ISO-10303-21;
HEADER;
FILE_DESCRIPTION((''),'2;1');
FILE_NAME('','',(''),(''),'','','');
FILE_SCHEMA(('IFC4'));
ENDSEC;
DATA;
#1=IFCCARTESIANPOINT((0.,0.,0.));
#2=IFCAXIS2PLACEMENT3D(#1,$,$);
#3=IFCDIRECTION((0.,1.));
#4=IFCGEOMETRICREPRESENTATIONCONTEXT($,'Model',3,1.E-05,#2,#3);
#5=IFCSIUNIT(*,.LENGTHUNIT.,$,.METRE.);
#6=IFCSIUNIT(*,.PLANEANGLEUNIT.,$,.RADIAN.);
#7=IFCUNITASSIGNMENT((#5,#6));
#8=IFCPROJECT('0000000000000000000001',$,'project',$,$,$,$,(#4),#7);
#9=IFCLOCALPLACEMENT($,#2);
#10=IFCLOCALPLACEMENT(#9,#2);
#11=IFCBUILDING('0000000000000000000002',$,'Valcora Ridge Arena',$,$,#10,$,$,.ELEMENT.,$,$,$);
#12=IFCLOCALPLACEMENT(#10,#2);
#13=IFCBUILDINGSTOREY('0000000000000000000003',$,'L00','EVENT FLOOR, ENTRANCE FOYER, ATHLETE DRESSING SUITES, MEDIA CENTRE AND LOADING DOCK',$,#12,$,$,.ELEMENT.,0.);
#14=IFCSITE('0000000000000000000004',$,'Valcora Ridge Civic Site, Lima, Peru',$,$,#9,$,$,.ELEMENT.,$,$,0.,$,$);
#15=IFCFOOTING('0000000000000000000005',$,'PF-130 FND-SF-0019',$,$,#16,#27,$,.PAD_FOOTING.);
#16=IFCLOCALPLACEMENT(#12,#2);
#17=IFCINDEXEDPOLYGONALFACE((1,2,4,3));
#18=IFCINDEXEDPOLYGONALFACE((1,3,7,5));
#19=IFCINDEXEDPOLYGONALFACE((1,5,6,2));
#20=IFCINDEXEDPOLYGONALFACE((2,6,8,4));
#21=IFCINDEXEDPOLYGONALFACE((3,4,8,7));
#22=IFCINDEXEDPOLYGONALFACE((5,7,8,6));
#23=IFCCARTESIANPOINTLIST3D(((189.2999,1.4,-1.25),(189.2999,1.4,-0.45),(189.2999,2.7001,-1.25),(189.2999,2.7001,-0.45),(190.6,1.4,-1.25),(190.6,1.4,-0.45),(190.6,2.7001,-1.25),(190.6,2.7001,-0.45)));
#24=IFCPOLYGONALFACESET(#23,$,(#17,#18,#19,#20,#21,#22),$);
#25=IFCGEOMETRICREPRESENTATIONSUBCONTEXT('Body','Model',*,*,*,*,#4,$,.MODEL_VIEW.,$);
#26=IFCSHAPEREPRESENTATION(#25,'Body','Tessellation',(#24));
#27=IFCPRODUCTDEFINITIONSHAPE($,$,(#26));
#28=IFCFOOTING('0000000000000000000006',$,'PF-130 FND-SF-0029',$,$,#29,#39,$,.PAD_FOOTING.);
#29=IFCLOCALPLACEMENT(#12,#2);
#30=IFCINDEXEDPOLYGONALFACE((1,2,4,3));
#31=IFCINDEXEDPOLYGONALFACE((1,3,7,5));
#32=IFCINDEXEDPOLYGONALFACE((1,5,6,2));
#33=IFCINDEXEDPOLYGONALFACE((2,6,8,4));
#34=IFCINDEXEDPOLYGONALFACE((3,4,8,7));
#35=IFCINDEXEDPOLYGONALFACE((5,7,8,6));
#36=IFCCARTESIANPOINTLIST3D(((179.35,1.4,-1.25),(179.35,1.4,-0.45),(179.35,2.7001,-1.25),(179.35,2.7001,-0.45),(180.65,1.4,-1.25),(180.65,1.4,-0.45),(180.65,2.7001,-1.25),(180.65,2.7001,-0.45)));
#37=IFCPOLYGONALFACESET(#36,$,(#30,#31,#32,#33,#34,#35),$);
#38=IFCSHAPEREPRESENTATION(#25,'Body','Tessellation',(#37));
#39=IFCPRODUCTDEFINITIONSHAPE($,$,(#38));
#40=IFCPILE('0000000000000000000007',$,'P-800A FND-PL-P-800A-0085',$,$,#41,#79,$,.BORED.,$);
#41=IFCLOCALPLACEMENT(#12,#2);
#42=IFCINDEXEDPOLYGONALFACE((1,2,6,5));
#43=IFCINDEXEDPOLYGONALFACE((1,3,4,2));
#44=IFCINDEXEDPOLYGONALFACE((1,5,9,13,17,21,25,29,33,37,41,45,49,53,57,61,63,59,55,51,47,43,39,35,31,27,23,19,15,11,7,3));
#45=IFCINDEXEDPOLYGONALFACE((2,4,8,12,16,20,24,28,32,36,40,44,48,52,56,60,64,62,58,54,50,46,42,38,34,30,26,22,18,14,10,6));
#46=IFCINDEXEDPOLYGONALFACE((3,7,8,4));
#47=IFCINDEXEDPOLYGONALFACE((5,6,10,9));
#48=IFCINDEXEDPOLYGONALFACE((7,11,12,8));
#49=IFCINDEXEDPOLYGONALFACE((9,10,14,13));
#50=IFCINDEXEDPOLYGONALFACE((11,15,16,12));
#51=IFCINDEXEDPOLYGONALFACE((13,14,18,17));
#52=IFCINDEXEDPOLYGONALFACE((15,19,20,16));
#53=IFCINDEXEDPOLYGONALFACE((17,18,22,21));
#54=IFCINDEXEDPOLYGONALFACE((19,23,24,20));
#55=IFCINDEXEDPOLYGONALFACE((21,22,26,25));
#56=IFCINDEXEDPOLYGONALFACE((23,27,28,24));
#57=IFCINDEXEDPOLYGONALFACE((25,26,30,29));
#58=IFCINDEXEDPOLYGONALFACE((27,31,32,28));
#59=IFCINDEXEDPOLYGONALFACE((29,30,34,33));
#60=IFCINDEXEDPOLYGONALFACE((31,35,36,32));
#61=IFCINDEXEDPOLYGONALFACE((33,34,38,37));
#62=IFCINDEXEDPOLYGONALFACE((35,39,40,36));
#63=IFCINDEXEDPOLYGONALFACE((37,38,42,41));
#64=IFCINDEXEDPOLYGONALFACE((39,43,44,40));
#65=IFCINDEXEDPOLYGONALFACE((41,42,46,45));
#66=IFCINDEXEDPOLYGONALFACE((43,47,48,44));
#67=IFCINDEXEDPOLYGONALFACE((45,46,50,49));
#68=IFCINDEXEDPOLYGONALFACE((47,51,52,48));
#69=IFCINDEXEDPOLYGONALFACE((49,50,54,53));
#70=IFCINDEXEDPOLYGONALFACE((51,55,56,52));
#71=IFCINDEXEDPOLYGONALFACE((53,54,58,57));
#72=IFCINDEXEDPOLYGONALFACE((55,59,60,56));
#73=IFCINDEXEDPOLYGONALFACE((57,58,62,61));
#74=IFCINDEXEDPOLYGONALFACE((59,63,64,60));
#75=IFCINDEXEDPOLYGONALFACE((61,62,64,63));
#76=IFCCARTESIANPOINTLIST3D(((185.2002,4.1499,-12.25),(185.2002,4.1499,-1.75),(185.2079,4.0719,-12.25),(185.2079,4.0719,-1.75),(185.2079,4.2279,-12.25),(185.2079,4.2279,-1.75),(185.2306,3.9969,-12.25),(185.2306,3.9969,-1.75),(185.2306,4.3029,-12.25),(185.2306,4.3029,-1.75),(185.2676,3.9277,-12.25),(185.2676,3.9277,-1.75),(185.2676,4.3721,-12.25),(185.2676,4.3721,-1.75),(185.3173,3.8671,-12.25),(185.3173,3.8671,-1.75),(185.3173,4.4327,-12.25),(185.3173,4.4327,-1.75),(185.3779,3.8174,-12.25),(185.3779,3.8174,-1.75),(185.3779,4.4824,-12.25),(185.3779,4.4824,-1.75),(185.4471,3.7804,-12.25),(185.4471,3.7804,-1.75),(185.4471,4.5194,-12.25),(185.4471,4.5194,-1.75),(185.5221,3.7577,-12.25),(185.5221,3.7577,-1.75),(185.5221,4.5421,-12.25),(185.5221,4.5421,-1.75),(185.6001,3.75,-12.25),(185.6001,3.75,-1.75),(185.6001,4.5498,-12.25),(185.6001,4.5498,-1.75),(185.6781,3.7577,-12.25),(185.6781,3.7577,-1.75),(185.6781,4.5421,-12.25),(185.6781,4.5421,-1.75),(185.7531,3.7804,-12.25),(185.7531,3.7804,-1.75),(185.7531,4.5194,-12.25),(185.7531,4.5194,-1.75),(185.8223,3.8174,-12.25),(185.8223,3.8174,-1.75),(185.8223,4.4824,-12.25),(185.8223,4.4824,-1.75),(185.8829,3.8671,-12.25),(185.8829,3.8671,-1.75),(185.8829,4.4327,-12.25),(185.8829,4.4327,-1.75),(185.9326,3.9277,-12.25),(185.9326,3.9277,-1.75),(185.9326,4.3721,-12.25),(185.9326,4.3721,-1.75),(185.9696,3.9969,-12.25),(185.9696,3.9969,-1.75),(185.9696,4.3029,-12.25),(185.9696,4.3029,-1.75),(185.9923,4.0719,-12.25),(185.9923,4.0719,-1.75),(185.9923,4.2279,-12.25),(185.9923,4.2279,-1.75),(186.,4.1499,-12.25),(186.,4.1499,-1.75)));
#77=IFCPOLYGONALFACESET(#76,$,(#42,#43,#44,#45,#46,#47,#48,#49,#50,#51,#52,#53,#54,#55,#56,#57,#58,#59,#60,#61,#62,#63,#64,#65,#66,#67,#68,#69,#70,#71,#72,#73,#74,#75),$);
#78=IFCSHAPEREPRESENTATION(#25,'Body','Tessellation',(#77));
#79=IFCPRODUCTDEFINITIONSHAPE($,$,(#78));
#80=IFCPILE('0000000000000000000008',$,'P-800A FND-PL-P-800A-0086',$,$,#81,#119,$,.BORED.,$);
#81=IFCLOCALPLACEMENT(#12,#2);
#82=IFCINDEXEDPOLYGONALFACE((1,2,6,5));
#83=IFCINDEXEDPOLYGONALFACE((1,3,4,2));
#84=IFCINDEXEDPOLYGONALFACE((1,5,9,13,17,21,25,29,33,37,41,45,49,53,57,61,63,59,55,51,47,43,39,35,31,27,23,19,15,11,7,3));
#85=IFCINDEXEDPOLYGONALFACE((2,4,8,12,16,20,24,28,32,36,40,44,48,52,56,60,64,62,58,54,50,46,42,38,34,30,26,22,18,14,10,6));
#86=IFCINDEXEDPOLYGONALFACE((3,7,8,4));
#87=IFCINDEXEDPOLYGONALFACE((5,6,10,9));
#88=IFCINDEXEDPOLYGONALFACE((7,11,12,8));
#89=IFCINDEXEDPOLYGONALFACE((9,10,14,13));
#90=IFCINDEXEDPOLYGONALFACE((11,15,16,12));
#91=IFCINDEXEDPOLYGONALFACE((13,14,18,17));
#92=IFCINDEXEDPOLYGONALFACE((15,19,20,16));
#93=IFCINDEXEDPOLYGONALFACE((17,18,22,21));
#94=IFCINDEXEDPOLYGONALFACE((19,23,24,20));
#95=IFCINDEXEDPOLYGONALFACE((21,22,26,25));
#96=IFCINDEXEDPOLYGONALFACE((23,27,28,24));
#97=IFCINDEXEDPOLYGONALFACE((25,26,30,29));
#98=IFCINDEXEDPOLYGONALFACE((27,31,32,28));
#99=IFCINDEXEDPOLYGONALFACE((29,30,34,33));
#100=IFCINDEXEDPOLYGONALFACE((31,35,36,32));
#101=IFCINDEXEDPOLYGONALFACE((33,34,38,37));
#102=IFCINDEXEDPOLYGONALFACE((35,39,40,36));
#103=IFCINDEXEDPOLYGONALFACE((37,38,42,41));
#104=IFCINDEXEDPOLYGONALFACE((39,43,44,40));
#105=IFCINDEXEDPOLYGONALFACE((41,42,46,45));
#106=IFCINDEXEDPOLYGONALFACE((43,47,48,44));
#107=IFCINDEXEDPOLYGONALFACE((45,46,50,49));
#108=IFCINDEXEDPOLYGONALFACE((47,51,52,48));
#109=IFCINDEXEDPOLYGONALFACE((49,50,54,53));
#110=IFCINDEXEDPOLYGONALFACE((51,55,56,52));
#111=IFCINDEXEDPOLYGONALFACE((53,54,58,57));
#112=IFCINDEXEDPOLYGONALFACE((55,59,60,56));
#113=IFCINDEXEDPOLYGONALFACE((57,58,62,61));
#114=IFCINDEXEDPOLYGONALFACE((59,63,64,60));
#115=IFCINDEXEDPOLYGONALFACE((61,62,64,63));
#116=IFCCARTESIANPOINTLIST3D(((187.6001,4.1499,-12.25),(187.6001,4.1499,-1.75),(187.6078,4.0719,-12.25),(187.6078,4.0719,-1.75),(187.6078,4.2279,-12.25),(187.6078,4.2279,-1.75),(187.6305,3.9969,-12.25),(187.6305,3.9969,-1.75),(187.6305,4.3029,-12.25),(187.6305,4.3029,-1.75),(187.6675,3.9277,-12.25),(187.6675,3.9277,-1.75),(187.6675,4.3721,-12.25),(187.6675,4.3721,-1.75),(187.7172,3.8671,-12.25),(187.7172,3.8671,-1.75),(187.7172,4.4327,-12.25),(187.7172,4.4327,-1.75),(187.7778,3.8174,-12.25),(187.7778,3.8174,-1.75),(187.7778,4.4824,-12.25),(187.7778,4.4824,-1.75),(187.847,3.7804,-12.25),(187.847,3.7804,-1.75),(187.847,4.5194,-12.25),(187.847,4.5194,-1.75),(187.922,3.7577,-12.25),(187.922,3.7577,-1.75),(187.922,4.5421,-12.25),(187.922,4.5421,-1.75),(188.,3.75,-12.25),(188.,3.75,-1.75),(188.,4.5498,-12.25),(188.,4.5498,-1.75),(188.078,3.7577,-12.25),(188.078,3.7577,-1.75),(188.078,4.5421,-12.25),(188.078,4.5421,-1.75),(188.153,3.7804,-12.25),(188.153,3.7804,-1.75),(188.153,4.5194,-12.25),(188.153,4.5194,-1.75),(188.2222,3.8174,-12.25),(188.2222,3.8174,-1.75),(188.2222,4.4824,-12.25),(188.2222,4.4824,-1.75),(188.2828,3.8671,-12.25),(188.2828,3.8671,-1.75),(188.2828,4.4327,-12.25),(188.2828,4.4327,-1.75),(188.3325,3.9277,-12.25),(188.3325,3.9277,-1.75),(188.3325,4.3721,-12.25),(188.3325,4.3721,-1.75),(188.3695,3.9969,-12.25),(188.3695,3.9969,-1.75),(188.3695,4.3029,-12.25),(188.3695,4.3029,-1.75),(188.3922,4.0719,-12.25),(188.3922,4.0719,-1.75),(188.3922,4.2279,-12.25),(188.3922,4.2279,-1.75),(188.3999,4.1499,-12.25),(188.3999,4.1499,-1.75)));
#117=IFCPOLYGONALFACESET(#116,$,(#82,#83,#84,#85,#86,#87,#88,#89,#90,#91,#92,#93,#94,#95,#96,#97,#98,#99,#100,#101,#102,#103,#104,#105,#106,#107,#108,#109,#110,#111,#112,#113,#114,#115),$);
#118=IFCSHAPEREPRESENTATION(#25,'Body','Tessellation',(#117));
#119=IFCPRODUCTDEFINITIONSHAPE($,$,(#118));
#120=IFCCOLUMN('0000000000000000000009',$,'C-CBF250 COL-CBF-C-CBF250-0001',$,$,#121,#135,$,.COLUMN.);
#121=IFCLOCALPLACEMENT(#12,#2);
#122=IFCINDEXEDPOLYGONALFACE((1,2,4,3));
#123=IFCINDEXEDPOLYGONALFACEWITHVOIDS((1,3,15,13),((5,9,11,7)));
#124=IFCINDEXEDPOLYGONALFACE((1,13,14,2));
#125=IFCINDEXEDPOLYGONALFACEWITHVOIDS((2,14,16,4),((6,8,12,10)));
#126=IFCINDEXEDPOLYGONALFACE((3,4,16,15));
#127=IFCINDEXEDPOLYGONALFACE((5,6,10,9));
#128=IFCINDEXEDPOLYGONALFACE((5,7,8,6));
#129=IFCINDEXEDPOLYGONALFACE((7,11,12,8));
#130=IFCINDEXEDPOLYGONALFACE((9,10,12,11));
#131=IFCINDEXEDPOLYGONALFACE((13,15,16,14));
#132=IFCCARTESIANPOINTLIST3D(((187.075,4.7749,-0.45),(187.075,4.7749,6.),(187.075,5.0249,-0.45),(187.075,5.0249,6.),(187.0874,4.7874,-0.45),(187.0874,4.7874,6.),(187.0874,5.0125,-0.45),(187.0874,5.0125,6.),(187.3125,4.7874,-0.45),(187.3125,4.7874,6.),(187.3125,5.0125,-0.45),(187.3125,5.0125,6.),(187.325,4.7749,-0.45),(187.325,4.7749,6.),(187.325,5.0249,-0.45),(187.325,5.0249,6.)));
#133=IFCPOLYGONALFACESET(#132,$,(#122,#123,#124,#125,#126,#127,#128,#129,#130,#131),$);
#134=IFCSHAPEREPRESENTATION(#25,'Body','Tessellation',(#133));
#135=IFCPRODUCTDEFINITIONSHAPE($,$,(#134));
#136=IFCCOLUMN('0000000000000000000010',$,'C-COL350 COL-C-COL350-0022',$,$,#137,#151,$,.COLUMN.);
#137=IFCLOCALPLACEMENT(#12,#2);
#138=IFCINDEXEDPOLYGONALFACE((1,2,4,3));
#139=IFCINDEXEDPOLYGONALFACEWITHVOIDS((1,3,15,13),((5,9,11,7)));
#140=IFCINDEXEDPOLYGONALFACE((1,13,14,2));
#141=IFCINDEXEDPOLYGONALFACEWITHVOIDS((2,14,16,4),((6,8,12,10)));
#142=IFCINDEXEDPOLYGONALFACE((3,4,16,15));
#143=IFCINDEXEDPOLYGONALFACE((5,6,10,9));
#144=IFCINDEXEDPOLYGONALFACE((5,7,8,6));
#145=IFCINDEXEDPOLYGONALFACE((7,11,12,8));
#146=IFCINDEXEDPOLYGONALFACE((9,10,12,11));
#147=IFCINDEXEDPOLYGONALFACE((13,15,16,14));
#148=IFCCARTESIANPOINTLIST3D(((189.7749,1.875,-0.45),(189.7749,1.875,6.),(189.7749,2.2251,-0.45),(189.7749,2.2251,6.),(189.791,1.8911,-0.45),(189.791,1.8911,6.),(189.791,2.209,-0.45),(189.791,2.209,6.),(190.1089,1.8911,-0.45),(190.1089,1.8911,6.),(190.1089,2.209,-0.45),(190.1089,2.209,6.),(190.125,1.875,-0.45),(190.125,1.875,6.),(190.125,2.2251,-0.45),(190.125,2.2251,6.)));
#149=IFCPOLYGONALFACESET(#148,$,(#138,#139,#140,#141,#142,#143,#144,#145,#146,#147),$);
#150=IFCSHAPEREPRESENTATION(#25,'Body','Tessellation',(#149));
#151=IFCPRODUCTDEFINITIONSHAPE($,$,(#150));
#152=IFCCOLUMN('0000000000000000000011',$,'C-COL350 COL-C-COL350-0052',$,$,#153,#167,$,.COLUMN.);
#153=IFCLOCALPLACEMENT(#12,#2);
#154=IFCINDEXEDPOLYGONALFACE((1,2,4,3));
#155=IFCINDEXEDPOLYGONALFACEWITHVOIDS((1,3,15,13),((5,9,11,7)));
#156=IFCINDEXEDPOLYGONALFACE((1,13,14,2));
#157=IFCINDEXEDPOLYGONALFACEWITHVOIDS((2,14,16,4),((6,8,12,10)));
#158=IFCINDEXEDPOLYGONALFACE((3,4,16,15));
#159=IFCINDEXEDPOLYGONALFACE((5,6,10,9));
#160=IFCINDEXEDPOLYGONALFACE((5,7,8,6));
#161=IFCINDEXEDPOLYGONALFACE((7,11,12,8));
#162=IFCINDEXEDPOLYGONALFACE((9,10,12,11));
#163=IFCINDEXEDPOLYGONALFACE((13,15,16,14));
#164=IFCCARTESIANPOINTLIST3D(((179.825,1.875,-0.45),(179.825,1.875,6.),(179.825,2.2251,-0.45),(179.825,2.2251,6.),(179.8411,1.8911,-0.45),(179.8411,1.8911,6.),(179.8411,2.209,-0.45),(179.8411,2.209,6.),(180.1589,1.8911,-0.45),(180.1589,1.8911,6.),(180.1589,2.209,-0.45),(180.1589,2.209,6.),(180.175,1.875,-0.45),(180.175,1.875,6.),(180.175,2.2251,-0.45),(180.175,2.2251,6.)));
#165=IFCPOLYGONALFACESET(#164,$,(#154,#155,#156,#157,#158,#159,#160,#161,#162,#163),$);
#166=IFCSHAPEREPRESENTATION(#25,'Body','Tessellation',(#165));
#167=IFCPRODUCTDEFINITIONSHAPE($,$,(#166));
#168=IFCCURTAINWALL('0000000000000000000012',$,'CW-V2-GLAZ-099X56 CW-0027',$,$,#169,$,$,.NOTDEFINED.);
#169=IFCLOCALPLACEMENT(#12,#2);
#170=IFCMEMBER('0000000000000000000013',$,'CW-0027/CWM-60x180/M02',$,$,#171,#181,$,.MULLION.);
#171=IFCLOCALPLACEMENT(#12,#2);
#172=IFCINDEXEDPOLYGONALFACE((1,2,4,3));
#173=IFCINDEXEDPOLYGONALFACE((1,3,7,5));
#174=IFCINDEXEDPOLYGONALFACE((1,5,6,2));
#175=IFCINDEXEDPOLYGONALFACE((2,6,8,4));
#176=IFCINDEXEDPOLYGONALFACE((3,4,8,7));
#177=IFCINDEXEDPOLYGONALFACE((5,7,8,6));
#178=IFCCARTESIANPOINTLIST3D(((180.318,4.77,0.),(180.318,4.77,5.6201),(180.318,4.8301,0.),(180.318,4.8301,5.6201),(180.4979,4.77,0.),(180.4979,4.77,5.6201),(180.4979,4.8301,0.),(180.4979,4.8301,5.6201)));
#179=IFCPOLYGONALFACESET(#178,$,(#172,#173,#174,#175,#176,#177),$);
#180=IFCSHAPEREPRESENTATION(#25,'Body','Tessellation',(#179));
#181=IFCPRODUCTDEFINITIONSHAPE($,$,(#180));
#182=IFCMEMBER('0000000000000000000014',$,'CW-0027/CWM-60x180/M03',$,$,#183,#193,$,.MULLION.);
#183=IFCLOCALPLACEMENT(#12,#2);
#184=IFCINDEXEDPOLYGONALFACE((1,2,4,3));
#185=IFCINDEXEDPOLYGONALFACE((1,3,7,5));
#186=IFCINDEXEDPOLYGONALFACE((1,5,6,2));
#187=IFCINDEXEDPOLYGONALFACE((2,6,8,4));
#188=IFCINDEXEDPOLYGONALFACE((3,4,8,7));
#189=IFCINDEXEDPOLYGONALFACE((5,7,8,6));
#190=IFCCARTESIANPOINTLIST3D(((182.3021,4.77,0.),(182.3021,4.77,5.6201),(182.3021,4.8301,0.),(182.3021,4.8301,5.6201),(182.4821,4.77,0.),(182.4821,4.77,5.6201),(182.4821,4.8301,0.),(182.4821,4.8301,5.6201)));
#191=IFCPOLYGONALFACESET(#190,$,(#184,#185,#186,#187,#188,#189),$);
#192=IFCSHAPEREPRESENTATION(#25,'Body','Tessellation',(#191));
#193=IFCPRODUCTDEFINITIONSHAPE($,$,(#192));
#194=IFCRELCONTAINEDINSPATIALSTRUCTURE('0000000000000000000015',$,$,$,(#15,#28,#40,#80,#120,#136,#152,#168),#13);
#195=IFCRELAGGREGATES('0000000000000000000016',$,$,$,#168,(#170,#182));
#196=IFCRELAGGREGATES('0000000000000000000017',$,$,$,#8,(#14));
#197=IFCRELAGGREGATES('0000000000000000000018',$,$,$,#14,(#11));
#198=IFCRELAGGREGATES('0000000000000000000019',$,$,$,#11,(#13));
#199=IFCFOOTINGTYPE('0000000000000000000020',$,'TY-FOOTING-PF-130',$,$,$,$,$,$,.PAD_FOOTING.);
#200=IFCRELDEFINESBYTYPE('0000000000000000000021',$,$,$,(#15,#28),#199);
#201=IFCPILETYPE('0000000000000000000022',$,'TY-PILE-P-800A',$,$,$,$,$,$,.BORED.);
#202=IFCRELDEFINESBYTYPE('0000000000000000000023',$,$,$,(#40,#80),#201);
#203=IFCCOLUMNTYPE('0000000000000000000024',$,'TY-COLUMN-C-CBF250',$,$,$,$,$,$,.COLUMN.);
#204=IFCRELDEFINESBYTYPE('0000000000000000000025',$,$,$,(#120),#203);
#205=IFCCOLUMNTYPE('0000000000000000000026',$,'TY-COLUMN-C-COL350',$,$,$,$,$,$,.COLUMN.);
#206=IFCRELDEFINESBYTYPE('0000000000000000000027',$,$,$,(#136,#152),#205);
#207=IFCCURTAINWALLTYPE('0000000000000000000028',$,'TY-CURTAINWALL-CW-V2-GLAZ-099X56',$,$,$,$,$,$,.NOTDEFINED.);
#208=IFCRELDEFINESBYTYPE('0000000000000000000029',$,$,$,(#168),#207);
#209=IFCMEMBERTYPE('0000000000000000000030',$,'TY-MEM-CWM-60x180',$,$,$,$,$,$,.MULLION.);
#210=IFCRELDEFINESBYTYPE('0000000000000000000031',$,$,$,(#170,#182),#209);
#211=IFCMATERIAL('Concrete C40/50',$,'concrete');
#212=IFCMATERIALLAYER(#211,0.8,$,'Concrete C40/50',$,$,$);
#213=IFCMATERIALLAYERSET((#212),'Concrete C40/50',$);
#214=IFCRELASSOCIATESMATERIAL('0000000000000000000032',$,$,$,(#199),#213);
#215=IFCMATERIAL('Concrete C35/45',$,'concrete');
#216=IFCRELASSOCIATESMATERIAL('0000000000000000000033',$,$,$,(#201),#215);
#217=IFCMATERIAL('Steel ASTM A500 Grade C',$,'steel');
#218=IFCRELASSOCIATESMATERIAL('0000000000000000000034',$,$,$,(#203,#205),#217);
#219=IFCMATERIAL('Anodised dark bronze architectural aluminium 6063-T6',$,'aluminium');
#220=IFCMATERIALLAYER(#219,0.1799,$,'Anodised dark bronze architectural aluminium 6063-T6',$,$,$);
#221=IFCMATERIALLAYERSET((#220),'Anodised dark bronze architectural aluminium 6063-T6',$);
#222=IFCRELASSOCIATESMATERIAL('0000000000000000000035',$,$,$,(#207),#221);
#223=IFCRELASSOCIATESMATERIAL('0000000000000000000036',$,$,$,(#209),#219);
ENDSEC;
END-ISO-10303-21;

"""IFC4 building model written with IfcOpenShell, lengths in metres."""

from ifc_helpers import new_model, si_unit, direction, frame, origin, origin_2d, place, context, subcontext, project, spatial, rectangle, hollow_rectangle, circle, extrude, material, layer, layer_set, material_profile, profile_set, type_object, element, aggregate, save


model = new_model("IFC4")

# Units and contexts
model_context = context("Model", 3, precision=1e-05, world=origin(), true_north=direction((0.0, 1.0)))
body_context = subcontext(model_context, "Body", "Model", "MODEL_VIEW")
ifc_project = project(units=[si_unit("LENGTHUNIT", "METRE"), si_unit("PLANEANGLEUNIT", "RADIAN")], contexts=[model_context])

# Site, building, storey
site_placement = place(None, origin())
site = spatial("IfcSite", under=ifc_project, at=site_placement, Name="Valcora Ridge Civic Site, Lima, Peru", CompositionType="ELEMENT", RefElevation=0.0)
building_placement = place(site_placement, origin())
building = spatial("IfcBuilding", under=site, at=building_placement, Name="Valcora Ridge Arena", CompositionType="ELEMENT")
storey_placement = place(building_placement, origin())
storey = spatial("IfcBuildingStorey", under=building, at=storey_placement, Name="L00", Description="EVENT FLOOR, ENTRANCE FOYER, ATHLETE DRESSING SUITES, MEDIA CENTRE AND LOADING DOCK", CompositionType="ELEMENT", Elevation=0.0)

# Footings
ifc_material_1 = material(Name="Concrete C40/50", Category="concrete")
ifc_layer_1 = layer(ifc_material_1, 0.8, Name="Concrete C40/50")
ifc_layer_set_1 = layer_set([ifc_layer_1], Name="Concrete C40/50")
footing_type = type_object("IfcFootingType", Name="TY-FOOTING-PF-130", PredefinedType="PAD_FOOTING", material=ifc_layer_set_1)
for number, where, z_axis, x_axis, name in (
    (1, (189.95, 2.05, -1.25), (0.0, 0.0, 1.0), (1.0, 0.0, 0.0), "PF-130 FND-SF-0019"),
    (2, (180.0, 2.05, -1.25), (0.0, 0.0, 1.0), (1.0, 0.0, 0.0), "PF-130 FND-SF-0029"),
):
    element("IfcFooting", number, at=place(storey_placement, frame(where, z_axis=z_axis, x_axis=x_axis)), inside=storey, type_object=footing_type, Name=name, PredefinedType="PAD_FOOTING", context=body_context, shape_type="SweptSolid", body=[
        extrude(rectangle(XDim=1.3, YDim=1.3, at=origin_2d()), origin(), (0.0, 0.0, 1.0), 0.8),
    ])

# Piles
ifc_material_2 = material(Name="Concrete C35/45", Category="concrete")
ifc_material_profile_1 = material_profile(ifc_material_2, circle(Radius=0.3999, at=origin_2d()), Name="BORED PILE D800")
ifc_profile_set_1 = profile_set([ifc_material_profile_1], Name="Concrete C35/45")
pile_type = type_object("IfcPileType", Name="TY-PILE-P-800A", PredefinedType="BORED", material=ifc_profile_set_1)
for number, where, z_axis, x_axis, name in (
    (3, (185.6001, 4.1499, -1.75), (0.0, 0.0, -1.0), (1.0, 0.0, 0.0), "P-800A FND-PL-P-800A-0085"),
    (4, (188.0, 4.1499, -1.75), (0.0, 0.0, -1.0), (1.0, 0.0, 0.0), "P-800A FND-PL-P-800A-0086"),
):
    element("IfcPile", number, at=place(storey_placement, frame(where, z_axis=z_axis, x_axis=x_axis)), inside=storey, type_object=pile_type, Name=name, PredefinedType="BORED", context=body_context, shape_type="SweptSolid", body=[
        extrude(circle(Radius=0.3999, at=origin_2d()), origin(), (0.0, 0.0, 1.0), 10.5),
    ])

# Columns
ifc_material_3 = material(Name="Steel ASTM A500 Grade C", Category="steel")
ifc_material_profile_2 = material_profile(ifc_material_3, hollow_rectangle(XDim=0.25, YDim=0.25, WallThickness=0.0125, at=origin_2d()), Name="HSS250X250X12")
ifc_profile_set_2 = profile_set([ifc_material_profile_2], Name="Steel ASTM A500 Grade C")
column_type_1 = type_object("IfcColumnType", Name="TY-COLUMN-C-CBF250", PredefinedType="COLUMN", material=ifc_profile_set_2)
column_placement = place(storey_placement, frame((187.2, 4.8999, -0.45), z_axis=(0.0, 0.0, 1.0), x_axis=(1.0, 0.0, 0.0)))
element("IfcColumn", 5, at=column_placement, inside=storey, type_object=column_type_1, Name="C-CBF250 COL-CBF-C-CBF250-0001", PredefinedType="COLUMN", context=body_context, shape_type="SweptSolid", body=[
    extrude(hollow_rectangle(XDim=0.25, YDim=0.25, WallThickness=0.0125, at=origin_2d()), origin(), (0.0, 0.0, 1.0), 6.45),
])
ifc_material_profile_3 = material_profile(ifc_material_3, hollow_rectangle(XDim=0.3501, YDim=0.3501, WallThickness=0.0161, at=origin_2d()), Name="HSS350X350X16")
ifc_profile_set_3 = profile_set([ifc_material_profile_3], Name="Steel ASTM A500 Grade C")
column_type_2 = type_object("IfcColumnType", Name="TY-COLUMN-C-COL350", PredefinedType="COLUMN", material=ifc_profile_set_3)
for number, where, z_axis, x_axis, name in (
    (6, (189.95, 2.05, -0.45), (0.0, 0.0, 1.0), (1.0, 0.0, 0.0), "C-COL350 COL-C-COL350-0022"),
    (7, (180.0, 2.05, -0.45), (0.0, 0.0, 1.0), (1.0, 0.0, 0.0), "C-COL350 COL-C-COL350-0052"),
):
    element("IfcColumn", number, at=place(storey_placement, frame(where, z_axis=z_axis, x_axis=x_axis)), inside=storey, type_object=column_type_2, Name=name, PredefinedType="COLUMN", context=body_context, shape_type="SweptSolid", body=[
        extrude(hollow_rectangle(XDim=0.3501, YDim=0.3501, WallThickness=0.0161, at=origin_2d()), origin(), (0.0, 0.0, 1.0), 6.45),
    ])

# Curtain wall, members
ifc_material_4 = material(Name="Anodised dark bronze architectural aluminium 6063-T6", Category="aluminium")
ifc_layer_2 = layer(ifc_material_4, 0.1799, Name="Anodised dark bronze architectural aluminium 6063-T6")
ifc_layer_set_2 = layer_set([ifc_layer_2], Name="Anodised dark bronze architectural aluminium 6063-T6")
curtain_wall_type = type_object("IfcCurtainWallType", Name="TY-CURTAINWALL-CW-V2-GLAZ-099X56", PredefinedType="NOTDEFINED", material=ifc_layer_set_2)
curtain_wall_placement = place(storey_placement, origin())
curtain_wall = element("IfcCurtainWall", 8, at=curtain_wall_placement, inside=storey, type_object=curtain_wall_type, Name="CW-V2-GLAZ-099X56 CW-0027", PredefinedType="NOTDEFINED")
ifc_material_profile_4 = material_profile(ifc_material_4, rectangle(XDim=0.0601, YDim=0.1799, at=origin_2d()), Name="ALU MULLION 60x180")
ifc_profile_set_4 = profile_set([ifc_material_profile_4], Name="Anodised dark bronze architectural aluminium 6063-T6")
member_type_1 = type_object("IfcMemberType", Name="TY-MEM-CWM-60x180", PredefinedType="MULLION", material=ifc_profile_set_4)
member_1_placement = place(storey_placement, frame((180.408, 4.8, 0.0), z_axis=(0.0, 0.0, 1.0), x_axis=(0.0, 1.0, 0.0)))
member_1 = element("IfcMember", 9, at=member_1_placement, type_object=member_type_1, Name="CW-0027/CWM-60x180/M02", PredefinedType="MULLION", context=body_context, shape_type="SweptSolid", body=[
    extrude(rectangle(XDim=0.0601, YDim=0.1799, at=origin_2d()), origin(), (0.0, 0.0, 1.0), 5.6201),
])
member_2_placement = place(storey_placement, frame((182.3921, 4.8, 0.0), z_axis=(0.0, 0.0, 1.0), x_axis=(0.0, 1.0, 0.0)))
member_2 = element("IfcMember", 10, at=member_2_placement, type_object=member_type_1, Name="CW-0027/CWM-60x180/M03", PredefinedType="MULLION", context=body_context, shape_type="SweptSolid", body=[
    extrude(rectangle(XDim=0.0601, YDim=0.1799, at=origin_2d()), origin(), (0.0, 0.0, 1.0), 5.6201),
])
aggregate(curtain_wall, [member_1, member_2])

save(model, "model.ifc")
